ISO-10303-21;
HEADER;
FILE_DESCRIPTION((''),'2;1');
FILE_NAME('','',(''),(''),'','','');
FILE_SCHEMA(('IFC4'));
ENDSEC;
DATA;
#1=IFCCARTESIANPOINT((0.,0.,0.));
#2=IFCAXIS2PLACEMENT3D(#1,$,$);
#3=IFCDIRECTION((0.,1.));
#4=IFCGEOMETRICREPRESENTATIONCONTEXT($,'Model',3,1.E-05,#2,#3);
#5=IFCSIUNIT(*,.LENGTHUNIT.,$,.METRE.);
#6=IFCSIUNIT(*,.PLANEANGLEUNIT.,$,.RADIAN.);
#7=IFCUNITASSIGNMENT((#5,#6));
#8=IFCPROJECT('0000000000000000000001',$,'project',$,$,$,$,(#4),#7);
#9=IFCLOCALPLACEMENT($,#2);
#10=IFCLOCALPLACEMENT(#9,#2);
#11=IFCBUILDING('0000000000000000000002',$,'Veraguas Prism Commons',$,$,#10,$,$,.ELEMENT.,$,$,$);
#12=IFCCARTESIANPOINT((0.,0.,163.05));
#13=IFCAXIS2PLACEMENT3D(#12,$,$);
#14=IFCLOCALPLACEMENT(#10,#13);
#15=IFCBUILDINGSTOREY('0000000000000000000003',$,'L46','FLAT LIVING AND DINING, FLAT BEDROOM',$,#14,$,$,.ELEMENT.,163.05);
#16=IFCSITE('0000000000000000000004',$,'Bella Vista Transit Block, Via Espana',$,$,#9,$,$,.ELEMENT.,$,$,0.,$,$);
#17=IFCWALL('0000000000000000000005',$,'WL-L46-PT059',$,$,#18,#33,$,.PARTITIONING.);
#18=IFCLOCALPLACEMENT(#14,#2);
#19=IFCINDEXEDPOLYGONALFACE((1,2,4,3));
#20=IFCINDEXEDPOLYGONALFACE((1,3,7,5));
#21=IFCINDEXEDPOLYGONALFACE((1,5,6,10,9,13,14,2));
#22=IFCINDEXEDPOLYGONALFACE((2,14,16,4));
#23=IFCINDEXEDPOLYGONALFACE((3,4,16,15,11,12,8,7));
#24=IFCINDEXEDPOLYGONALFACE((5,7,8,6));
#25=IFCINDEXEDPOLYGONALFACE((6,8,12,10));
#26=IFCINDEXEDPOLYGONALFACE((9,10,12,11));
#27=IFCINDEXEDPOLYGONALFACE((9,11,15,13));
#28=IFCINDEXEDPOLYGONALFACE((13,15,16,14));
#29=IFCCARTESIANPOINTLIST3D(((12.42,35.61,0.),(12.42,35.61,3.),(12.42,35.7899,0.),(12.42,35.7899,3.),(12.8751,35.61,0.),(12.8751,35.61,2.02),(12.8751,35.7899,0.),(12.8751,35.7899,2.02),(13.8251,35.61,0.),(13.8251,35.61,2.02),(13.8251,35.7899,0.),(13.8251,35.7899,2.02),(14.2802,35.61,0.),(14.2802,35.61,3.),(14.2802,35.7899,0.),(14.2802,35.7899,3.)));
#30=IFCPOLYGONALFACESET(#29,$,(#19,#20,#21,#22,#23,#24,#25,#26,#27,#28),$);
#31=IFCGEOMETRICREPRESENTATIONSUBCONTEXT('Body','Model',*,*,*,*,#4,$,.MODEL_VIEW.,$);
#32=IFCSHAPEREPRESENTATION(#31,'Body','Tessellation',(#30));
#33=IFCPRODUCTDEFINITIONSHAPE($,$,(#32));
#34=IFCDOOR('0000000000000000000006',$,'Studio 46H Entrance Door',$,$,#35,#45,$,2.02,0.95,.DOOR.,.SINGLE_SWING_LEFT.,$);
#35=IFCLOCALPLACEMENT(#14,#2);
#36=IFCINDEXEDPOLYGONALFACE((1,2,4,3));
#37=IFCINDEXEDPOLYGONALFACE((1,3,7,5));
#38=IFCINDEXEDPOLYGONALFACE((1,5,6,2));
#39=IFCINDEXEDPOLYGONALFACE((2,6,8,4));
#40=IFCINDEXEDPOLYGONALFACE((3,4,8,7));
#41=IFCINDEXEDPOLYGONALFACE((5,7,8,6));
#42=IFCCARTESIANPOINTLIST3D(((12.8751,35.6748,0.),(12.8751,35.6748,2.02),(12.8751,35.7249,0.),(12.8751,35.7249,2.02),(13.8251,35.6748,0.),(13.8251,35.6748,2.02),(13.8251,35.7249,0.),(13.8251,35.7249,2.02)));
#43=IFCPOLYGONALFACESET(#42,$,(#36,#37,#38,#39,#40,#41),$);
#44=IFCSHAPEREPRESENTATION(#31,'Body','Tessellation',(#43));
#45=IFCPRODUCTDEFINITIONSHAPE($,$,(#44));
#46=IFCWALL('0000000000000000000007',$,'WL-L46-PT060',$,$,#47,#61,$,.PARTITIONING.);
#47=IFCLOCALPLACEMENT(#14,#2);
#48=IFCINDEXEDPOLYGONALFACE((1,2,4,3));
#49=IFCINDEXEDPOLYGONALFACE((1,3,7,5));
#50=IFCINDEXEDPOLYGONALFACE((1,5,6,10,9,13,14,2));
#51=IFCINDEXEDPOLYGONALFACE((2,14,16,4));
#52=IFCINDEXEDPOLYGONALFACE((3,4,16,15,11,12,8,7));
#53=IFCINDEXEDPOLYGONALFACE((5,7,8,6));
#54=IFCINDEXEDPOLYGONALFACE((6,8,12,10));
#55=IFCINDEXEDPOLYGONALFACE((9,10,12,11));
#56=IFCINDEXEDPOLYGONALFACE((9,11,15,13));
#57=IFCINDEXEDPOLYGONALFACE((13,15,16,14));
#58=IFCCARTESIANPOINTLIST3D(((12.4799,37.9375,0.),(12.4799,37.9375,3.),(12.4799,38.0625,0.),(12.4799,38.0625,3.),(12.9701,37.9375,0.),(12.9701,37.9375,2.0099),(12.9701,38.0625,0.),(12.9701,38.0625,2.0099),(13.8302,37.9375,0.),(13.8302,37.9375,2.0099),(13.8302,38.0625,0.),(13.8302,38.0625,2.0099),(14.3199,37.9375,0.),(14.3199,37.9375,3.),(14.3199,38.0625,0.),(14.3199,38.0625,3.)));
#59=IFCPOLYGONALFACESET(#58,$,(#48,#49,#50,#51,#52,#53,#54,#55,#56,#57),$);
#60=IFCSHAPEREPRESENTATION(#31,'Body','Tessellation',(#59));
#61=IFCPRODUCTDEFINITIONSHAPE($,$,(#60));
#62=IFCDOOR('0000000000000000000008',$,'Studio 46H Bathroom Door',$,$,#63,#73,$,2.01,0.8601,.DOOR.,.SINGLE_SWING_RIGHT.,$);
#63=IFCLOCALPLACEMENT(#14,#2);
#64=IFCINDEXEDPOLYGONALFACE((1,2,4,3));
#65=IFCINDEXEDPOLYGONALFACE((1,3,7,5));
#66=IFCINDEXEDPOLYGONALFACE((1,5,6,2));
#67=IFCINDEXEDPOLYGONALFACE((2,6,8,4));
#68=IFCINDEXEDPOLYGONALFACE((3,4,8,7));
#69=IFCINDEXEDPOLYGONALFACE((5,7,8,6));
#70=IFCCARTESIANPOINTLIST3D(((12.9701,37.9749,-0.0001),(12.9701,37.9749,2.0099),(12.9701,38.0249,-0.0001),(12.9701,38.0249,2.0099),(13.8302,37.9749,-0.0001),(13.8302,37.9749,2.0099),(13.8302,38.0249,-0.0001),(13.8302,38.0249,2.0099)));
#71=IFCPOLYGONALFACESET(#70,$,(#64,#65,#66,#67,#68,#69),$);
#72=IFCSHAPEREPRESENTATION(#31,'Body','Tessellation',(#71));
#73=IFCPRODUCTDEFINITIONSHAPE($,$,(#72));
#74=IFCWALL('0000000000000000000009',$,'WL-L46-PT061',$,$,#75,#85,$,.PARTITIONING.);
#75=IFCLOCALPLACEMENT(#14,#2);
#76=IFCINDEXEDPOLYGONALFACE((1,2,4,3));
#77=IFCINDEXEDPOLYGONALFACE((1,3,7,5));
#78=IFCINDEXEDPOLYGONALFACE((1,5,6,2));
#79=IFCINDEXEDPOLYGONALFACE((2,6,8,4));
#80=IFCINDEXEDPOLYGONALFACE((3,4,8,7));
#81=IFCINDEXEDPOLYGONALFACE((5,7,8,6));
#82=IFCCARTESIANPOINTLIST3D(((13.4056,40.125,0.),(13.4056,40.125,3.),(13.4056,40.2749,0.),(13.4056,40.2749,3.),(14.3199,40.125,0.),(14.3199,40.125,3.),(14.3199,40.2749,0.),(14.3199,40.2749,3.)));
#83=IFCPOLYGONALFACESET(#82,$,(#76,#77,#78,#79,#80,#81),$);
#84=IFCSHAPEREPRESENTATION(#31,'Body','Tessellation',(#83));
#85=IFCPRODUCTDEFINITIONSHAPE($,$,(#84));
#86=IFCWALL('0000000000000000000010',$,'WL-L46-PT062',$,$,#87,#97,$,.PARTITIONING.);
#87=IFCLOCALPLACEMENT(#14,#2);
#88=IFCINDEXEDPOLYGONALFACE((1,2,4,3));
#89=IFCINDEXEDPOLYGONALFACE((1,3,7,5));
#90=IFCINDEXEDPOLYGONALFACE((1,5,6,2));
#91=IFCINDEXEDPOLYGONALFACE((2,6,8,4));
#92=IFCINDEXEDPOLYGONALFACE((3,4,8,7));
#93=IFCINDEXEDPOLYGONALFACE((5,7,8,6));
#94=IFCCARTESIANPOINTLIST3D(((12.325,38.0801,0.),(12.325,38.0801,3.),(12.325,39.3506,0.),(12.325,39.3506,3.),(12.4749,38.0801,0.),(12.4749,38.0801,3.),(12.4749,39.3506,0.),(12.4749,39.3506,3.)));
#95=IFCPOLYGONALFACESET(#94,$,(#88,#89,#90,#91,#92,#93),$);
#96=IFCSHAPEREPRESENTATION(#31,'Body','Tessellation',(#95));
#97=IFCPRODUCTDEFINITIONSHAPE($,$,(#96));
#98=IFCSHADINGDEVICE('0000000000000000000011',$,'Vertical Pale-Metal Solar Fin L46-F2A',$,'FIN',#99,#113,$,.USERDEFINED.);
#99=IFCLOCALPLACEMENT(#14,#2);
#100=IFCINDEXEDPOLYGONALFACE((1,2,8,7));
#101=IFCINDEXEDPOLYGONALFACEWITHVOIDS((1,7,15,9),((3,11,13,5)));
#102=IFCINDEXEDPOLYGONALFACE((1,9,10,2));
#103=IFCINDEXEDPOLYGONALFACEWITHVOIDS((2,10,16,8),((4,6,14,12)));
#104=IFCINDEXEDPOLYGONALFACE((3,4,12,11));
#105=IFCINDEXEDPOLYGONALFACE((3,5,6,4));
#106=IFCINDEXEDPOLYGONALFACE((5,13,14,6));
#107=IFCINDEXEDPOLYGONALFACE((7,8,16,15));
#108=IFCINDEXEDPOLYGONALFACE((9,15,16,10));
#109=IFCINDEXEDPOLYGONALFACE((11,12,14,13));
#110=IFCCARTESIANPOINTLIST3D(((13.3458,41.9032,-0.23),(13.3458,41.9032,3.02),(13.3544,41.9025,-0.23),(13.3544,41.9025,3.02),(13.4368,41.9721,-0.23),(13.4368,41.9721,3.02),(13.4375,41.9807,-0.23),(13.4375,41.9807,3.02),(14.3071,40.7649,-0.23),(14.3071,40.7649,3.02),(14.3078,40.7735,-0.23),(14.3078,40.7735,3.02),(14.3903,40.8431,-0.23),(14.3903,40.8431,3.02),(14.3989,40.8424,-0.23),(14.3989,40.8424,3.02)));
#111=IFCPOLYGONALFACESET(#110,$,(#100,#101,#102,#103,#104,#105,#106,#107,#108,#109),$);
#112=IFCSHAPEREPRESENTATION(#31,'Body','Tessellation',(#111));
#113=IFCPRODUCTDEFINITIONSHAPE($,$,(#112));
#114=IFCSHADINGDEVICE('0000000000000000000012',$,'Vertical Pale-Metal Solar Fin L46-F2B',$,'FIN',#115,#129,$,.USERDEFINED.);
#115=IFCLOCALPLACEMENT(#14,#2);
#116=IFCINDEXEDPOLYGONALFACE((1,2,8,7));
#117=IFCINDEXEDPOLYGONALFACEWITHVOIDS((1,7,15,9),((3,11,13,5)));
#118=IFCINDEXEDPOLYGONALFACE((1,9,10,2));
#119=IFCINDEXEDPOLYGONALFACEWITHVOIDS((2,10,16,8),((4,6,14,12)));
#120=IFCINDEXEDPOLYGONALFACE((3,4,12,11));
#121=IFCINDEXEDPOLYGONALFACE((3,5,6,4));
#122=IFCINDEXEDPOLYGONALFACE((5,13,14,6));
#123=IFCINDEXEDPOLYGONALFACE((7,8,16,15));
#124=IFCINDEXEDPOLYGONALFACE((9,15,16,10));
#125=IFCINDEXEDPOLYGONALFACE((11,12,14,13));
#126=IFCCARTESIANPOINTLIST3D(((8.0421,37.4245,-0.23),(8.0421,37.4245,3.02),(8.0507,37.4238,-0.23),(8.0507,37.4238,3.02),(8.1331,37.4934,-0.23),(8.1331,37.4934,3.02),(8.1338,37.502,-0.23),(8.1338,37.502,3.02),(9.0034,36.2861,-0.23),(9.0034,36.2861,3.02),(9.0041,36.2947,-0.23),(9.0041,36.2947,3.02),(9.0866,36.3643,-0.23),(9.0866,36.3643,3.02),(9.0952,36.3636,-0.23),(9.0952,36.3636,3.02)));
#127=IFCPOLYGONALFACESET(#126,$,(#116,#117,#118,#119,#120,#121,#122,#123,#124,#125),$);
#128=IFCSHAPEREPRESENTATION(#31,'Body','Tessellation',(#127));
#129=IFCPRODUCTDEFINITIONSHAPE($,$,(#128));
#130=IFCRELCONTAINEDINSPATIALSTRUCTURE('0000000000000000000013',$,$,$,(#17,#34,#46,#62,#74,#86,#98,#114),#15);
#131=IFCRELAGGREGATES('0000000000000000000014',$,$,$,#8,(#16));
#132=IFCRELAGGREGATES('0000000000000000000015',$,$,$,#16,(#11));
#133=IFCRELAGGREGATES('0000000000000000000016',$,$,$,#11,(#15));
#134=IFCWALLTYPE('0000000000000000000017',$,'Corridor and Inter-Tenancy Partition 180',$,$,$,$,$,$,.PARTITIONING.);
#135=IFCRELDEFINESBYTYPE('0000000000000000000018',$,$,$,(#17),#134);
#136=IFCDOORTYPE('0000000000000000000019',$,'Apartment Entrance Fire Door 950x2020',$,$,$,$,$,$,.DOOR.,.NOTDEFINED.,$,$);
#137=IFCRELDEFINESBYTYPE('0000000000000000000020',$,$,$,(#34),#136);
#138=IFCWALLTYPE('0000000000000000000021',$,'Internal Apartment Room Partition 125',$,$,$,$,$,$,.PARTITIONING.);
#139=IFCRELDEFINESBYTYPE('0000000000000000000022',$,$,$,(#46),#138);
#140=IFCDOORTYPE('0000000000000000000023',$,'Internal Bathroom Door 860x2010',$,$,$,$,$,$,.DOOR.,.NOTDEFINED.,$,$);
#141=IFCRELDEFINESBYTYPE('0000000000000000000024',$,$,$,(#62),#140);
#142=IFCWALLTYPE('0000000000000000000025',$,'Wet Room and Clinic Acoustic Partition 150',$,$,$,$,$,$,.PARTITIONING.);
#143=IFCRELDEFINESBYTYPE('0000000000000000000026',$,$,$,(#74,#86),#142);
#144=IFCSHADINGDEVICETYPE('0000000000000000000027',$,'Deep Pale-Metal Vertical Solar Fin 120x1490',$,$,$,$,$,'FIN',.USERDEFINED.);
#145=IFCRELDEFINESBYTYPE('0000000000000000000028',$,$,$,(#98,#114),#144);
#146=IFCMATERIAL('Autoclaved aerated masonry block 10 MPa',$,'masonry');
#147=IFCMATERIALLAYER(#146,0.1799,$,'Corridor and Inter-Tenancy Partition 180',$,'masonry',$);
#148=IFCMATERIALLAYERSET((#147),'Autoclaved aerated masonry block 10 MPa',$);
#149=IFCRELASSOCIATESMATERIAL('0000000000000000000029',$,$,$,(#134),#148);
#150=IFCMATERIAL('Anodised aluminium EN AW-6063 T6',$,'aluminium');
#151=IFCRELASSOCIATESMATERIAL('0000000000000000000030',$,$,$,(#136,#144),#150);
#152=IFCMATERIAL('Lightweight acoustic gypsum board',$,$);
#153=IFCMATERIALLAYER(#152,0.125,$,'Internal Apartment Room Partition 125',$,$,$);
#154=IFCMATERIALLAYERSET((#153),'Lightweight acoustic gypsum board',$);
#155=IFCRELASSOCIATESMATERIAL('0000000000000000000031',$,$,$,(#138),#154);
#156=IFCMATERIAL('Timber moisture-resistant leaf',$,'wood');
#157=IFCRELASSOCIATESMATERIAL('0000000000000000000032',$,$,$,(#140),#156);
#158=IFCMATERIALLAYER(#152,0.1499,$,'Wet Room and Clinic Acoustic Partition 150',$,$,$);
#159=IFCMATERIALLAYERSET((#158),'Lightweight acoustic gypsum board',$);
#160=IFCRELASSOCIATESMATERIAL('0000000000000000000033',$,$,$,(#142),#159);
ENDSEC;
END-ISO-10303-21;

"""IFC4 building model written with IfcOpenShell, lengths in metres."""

from ifc_helpers import new_model, si_unit, direction, frame, frame_2d, origin, origin_2d, place, context, subcontext, project, spatial, rectangle, hollow_rectangle, extrude, source, transform, mapped, material, layer, layer_set, material_profile, profile_set, type_object, element, fill, save


model = new_model("IFC4")

# Units and contexts
model_context = context("Model", 3, precision=1e-05, world=origin(), true_north=direction((0.0, 1.0)))
body_context = subcontext(model_context, "Body", "Model", "MODEL_VIEW")
ifc_project = project(units=[si_unit("LENGTHUNIT", "METRE"), si_unit("PLANEANGLEUNIT", "RADIAN")], contexts=[model_context])

# Site, building, storey
site_placement = place(None, origin())
site = spatial("IfcSite", under=ifc_project, at=site_placement, Name="Bella Vista Transit Block, Via Espana", CompositionType="ELEMENT", RefElevation=0.0)
building_placement = place(site_placement, origin())
building = spatial("IfcBuilding", under=site, at=building_placement, Name="Veraguas Prism Commons", CompositionType="ELEMENT")
storey_placement = place(building_placement, frame((0.0, 0.0, 163.05)))
storey = spatial("IfcBuildingStorey", under=building, at=storey_placement, Name="L46", Description="FLAT LIVING AND DINING, FLAT BEDROOM", CompositionType="ELEMENT", Elevation=163.05)

# Shared definitions
ifc_material_1 = material(Name="Anodised aluminium EN AW-6063 T6", Category="aluminium")

# Shared definitions
ifc_material_2 = material(Name="Autoclaved aerated masonry block 10 MPa", Category="masonry")
ifc_layer_1 = layer(ifc_material_2, 0.1799, Name="Corridor and Inter-Tenancy Partition 180", Category="masonry")
ifc_layer_set_1 = layer_set([ifc_layer_1], Name="Autoclaved aerated masonry block 10 MPa")
wall_type_1 = type_object("IfcWallType", Name="Corridor and Inter-Tenancy Partition 180", PredefinedType="PARTITIONING", material=ifc_layer_set_1)

# Walls, openings, doors
wall_1_placement = place(storey_placement, frame((12.4199, 35.7, 0.0), z_axis=(0.0, 0.0, 1.0), x_axis=(1.0, 0.0, 0.0)))
wall_1 = element("IfcWall", 1, at=wall_1_placement, inside=storey, type_object=wall_type_1, Name="WL-L46-PT059", PredefinedType="PARTITIONING", context=body_context, shape_type="SweptSolid", body=[
    extrude(rectangle(XDim=1.8601, YDim=0.1799, at=frame_2d((0.9302, 0.0))), origin(), (0.0, 0.0, 1.0), 3.0),
])
opening_1_placement = place(wall_1_placement, frame((0.4551, 0.0, 0.0)))
opening_1 = element("IfcOpeningElement", 2, at=opening_1_placement, cuts=wall_1, PredefinedType="OPENING", context=body_context, shape_type="SweptSolid", body=[
    extrude(rectangle(XDim=0.95, YDim=2.02, at=frame_2d((0.4751, 1.01))), frame((0.0, 0.0999, 0.0), z_axis=(0.0, -1.0, 0.0), x_axis=(1.0, 0.0, 0.0)), (0.0, 0.0, 1.0), 0.2),
])
door_type_1 = type_object("IfcDoorType", Name="Apartment Entrance Fire Door 950x2020", OperationType="NOTDEFINED", PredefinedType="DOOR", material=ifc_material_1)
shared_shape_1 = source(origin(), body_context, "Body", "SweptSolid", [
    extrude(rectangle(XDim=0.95, YDim=2.02, at=frame_2d((0.4751, 1.01))), frame((0.0, 0.0249, 0.0), z_axis=(0.0, -1.0, 0.0), x_axis=(1.0, 0.0, 0.0)), (0.0, 0.0, 1.0), 0.05),
])
door_1_placement = place(opening_1_placement, origin())
door_1 = element("IfcDoor", 3, at=door_1_placement, inside=storey, type_object=door_type_1, Name="Studio 46H Entrance Door", OperationType="SINGLE_SWING_LEFT", OverallHeight=2.02, OverallWidth=0.95, PredefinedType="DOOR", context=body_context, shape_type="MappedRepresentation", body=[
    mapped(shared_shape_1, transform((0.0, 0.0, 0.0), scale=1.0)),
])
fill(opening_1, door_1)
ifc_material_3 = material(Name="Lightweight acoustic gypsum board")
ifc_layer_2 = layer(ifc_material_3, 0.125, Name="Internal Apartment Room Partition 125")
ifc_layer_set_2 = layer_set([ifc_layer_2], Name="Lightweight acoustic gypsum board")
wall_type_2 = type_object("IfcWallType", Name="Internal Apartment Room Partition 125", PredefinedType="PARTITIONING", material=ifc_layer_set_2)
wall_2_placement = place(storey_placement, frame((12.48, 38.0, 0.0), z_axis=(0.0, 0.0, 1.0), x_axis=(1.0, 0.0, 0.0)))
wall_2 = element("IfcWall", 4, at=wall_2_placement, inside=storey, type_object=wall_type_2, Name="WL-L46-PT060", PredefinedType="PARTITIONING", context=body_context, shape_type="SweptSolid", body=[
    extrude(rectangle(XDim=1.8401, YDim=0.125, at=frame_2d((0.9199, 0.0))), origin(), (0.0, 0.0, 1.0), 3.0),
])
opening_2_placement = place(wall_2_placement, frame((0.49, 0.0, 0.0)))
opening_2 = element("IfcOpeningElement", 5, at=opening_2_placement, cuts=wall_2, PredefinedType="OPENING", context=body_context, shape_type="SweptSolid", body=[
    extrude(rectangle(XDim=0.8601, YDim=2.01, at=frame_2d((0.4302, 1.0049))), frame((0.0, 0.0725, 0.0), z_axis=(0.0, -1.0, 0.0), x_axis=(1.0, 0.0, 0.0)), (0.0, 0.0, 1.0), 0.145),
])
ifc_material_4 = material(Name="Timber moisture-resistant leaf", Category="wood")
door_type_2 = type_object("IfcDoorType", Name="Internal Bathroom Door 860x2010", OperationType="NOTDEFINED", PredefinedType="DOOR", material=ifc_material_4)
shared_shape_2 = source(origin(), body_context, "Body", "SweptSolid", [
    extrude(rectangle(XDim=0.8601, YDim=2.01, at=frame_2d((0.4302, 1.0049))), frame((0.0, 0.0249, 0.0), z_axis=(0.0, -1.0, 0.0), x_axis=(1.0, 0.0, 0.0)), (0.0, 0.0, 1.0), 0.05),
])
door_2_placement = place(opening_2_placement, origin())
door_2 = element("IfcDoor", 6, at=door_2_placement, inside=storey, type_object=door_type_2, Name="Studio 46H Bathroom Door", OperationType="SINGLE_SWING_RIGHT", OverallHeight=2.01, OverallWidth=0.8601, PredefinedType="DOOR", context=body_context, shape_type="MappedRepresentation", body=[
    mapped(shared_shape_2, transform((0.0, 0.0, 0.0), scale=1.0)),
])
fill(opening_2, door_2)

# Walls
ifc_layer_3 = layer(ifc_material_3, 0.1499, Name="Wet Room and Clinic Acoustic Partition 150")
ifc_layer_set_3 = layer_set([ifc_layer_3], Name="Lightweight acoustic gypsum board")
wall_type_3 = type_object("IfcWallType", Name="Wet Room and Clinic Acoustic Partition 150", PredefinedType="PARTITIONING", material=ifc_layer_set_3)
wall_3_placement = place(storey_placement, frame((13.4058, 40.2, 0.0), z_axis=(0.0, 0.0, 1.0), x_axis=(1.0, 0.0, 0.0)))
element("IfcWall", 7, at=wall_3_placement, inside=storey, type_object=wall_type_3, Name="WL-L46-PT061", PredefinedType="PARTITIONING", context=body_context, shape_type="SweptSolid", body=[
    extrude(rectangle(XDim=0.9143, YDim=0.1499, at=frame_2d((0.457, 0.0))), origin(), (0.0, 0.0, 1.0), 3.0),
])
wall_4_placement = place(storey_placement, frame((12.3999, 38.0801, 0.0), z_axis=(0.0, 0.0, 1.0), x_axis=(0.0, 1.0, 0.0)))
element("IfcWall", 8, at=wall_4_placement, inside=storey, type_object=wall_type_3, Name="WL-L46-PT062", PredefinedType="PARTITIONING", context=body_context, shape_type="SweptSolid", body=[
    extrude(rectangle(XDim=1.2705, YDim=0.1499, at=frame_2d((0.6353, 0.0))), origin(), (0.0, 0.0, 1.0), 3.0),
])

# Shading devices
ifc_material_profile_1 = material_profile(ifc_material_1, hollow_rectangle(XDim=0.1201, YDim=1.49, WallThickness=0.0061, at=origin_2d()), Name="FIN120X1490X6")
ifc_profile_set_1 = profile_set([ifc_material_profile_1], Name="Anodised aluminium EN AW-6063 T6")
shading_device_type = type_object("IfcShadingDeviceType", Name="Deep Pale-Metal Vertical Solar Fin 120x1490", ElementType="FIN", PredefinedType="USERDEFINED", material=ifc_profile_set_1)
for number, where, z_axis, x_axis, name in (
    (9, (13.8723, 41.3728, -0.23), (0.0, 0.0, 1.0), (-0.76402, -0.645192, 0.0), "Vertical Pale-Metal Solar Fin L46-F2A"),
    (10, (8.5686, 36.894, -0.23), (0.0, 0.0, 1.0), (-0.76402, -0.645192, 0.0), "Vertical Pale-Metal Solar Fin L46-F2B"),
):
    element("IfcShadingDevice", number, at=place(storey_placement, frame(where, z_axis=z_axis, x_axis=x_axis)), inside=storey, type_object=shading_device_type, Name=name, ObjectType="FIN", PredefinedType="USERDEFINED", context=body_context, shape_type="SweptSolid", body=[
        extrude(hollow_rectangle(XDim=0.1201, YDim=1.49, WallThickness=0.0061, at=origin_2d()), origin(), (0.0, 0.0, 1.0), 3.25),
    ])

save(model, "model.ifc")
